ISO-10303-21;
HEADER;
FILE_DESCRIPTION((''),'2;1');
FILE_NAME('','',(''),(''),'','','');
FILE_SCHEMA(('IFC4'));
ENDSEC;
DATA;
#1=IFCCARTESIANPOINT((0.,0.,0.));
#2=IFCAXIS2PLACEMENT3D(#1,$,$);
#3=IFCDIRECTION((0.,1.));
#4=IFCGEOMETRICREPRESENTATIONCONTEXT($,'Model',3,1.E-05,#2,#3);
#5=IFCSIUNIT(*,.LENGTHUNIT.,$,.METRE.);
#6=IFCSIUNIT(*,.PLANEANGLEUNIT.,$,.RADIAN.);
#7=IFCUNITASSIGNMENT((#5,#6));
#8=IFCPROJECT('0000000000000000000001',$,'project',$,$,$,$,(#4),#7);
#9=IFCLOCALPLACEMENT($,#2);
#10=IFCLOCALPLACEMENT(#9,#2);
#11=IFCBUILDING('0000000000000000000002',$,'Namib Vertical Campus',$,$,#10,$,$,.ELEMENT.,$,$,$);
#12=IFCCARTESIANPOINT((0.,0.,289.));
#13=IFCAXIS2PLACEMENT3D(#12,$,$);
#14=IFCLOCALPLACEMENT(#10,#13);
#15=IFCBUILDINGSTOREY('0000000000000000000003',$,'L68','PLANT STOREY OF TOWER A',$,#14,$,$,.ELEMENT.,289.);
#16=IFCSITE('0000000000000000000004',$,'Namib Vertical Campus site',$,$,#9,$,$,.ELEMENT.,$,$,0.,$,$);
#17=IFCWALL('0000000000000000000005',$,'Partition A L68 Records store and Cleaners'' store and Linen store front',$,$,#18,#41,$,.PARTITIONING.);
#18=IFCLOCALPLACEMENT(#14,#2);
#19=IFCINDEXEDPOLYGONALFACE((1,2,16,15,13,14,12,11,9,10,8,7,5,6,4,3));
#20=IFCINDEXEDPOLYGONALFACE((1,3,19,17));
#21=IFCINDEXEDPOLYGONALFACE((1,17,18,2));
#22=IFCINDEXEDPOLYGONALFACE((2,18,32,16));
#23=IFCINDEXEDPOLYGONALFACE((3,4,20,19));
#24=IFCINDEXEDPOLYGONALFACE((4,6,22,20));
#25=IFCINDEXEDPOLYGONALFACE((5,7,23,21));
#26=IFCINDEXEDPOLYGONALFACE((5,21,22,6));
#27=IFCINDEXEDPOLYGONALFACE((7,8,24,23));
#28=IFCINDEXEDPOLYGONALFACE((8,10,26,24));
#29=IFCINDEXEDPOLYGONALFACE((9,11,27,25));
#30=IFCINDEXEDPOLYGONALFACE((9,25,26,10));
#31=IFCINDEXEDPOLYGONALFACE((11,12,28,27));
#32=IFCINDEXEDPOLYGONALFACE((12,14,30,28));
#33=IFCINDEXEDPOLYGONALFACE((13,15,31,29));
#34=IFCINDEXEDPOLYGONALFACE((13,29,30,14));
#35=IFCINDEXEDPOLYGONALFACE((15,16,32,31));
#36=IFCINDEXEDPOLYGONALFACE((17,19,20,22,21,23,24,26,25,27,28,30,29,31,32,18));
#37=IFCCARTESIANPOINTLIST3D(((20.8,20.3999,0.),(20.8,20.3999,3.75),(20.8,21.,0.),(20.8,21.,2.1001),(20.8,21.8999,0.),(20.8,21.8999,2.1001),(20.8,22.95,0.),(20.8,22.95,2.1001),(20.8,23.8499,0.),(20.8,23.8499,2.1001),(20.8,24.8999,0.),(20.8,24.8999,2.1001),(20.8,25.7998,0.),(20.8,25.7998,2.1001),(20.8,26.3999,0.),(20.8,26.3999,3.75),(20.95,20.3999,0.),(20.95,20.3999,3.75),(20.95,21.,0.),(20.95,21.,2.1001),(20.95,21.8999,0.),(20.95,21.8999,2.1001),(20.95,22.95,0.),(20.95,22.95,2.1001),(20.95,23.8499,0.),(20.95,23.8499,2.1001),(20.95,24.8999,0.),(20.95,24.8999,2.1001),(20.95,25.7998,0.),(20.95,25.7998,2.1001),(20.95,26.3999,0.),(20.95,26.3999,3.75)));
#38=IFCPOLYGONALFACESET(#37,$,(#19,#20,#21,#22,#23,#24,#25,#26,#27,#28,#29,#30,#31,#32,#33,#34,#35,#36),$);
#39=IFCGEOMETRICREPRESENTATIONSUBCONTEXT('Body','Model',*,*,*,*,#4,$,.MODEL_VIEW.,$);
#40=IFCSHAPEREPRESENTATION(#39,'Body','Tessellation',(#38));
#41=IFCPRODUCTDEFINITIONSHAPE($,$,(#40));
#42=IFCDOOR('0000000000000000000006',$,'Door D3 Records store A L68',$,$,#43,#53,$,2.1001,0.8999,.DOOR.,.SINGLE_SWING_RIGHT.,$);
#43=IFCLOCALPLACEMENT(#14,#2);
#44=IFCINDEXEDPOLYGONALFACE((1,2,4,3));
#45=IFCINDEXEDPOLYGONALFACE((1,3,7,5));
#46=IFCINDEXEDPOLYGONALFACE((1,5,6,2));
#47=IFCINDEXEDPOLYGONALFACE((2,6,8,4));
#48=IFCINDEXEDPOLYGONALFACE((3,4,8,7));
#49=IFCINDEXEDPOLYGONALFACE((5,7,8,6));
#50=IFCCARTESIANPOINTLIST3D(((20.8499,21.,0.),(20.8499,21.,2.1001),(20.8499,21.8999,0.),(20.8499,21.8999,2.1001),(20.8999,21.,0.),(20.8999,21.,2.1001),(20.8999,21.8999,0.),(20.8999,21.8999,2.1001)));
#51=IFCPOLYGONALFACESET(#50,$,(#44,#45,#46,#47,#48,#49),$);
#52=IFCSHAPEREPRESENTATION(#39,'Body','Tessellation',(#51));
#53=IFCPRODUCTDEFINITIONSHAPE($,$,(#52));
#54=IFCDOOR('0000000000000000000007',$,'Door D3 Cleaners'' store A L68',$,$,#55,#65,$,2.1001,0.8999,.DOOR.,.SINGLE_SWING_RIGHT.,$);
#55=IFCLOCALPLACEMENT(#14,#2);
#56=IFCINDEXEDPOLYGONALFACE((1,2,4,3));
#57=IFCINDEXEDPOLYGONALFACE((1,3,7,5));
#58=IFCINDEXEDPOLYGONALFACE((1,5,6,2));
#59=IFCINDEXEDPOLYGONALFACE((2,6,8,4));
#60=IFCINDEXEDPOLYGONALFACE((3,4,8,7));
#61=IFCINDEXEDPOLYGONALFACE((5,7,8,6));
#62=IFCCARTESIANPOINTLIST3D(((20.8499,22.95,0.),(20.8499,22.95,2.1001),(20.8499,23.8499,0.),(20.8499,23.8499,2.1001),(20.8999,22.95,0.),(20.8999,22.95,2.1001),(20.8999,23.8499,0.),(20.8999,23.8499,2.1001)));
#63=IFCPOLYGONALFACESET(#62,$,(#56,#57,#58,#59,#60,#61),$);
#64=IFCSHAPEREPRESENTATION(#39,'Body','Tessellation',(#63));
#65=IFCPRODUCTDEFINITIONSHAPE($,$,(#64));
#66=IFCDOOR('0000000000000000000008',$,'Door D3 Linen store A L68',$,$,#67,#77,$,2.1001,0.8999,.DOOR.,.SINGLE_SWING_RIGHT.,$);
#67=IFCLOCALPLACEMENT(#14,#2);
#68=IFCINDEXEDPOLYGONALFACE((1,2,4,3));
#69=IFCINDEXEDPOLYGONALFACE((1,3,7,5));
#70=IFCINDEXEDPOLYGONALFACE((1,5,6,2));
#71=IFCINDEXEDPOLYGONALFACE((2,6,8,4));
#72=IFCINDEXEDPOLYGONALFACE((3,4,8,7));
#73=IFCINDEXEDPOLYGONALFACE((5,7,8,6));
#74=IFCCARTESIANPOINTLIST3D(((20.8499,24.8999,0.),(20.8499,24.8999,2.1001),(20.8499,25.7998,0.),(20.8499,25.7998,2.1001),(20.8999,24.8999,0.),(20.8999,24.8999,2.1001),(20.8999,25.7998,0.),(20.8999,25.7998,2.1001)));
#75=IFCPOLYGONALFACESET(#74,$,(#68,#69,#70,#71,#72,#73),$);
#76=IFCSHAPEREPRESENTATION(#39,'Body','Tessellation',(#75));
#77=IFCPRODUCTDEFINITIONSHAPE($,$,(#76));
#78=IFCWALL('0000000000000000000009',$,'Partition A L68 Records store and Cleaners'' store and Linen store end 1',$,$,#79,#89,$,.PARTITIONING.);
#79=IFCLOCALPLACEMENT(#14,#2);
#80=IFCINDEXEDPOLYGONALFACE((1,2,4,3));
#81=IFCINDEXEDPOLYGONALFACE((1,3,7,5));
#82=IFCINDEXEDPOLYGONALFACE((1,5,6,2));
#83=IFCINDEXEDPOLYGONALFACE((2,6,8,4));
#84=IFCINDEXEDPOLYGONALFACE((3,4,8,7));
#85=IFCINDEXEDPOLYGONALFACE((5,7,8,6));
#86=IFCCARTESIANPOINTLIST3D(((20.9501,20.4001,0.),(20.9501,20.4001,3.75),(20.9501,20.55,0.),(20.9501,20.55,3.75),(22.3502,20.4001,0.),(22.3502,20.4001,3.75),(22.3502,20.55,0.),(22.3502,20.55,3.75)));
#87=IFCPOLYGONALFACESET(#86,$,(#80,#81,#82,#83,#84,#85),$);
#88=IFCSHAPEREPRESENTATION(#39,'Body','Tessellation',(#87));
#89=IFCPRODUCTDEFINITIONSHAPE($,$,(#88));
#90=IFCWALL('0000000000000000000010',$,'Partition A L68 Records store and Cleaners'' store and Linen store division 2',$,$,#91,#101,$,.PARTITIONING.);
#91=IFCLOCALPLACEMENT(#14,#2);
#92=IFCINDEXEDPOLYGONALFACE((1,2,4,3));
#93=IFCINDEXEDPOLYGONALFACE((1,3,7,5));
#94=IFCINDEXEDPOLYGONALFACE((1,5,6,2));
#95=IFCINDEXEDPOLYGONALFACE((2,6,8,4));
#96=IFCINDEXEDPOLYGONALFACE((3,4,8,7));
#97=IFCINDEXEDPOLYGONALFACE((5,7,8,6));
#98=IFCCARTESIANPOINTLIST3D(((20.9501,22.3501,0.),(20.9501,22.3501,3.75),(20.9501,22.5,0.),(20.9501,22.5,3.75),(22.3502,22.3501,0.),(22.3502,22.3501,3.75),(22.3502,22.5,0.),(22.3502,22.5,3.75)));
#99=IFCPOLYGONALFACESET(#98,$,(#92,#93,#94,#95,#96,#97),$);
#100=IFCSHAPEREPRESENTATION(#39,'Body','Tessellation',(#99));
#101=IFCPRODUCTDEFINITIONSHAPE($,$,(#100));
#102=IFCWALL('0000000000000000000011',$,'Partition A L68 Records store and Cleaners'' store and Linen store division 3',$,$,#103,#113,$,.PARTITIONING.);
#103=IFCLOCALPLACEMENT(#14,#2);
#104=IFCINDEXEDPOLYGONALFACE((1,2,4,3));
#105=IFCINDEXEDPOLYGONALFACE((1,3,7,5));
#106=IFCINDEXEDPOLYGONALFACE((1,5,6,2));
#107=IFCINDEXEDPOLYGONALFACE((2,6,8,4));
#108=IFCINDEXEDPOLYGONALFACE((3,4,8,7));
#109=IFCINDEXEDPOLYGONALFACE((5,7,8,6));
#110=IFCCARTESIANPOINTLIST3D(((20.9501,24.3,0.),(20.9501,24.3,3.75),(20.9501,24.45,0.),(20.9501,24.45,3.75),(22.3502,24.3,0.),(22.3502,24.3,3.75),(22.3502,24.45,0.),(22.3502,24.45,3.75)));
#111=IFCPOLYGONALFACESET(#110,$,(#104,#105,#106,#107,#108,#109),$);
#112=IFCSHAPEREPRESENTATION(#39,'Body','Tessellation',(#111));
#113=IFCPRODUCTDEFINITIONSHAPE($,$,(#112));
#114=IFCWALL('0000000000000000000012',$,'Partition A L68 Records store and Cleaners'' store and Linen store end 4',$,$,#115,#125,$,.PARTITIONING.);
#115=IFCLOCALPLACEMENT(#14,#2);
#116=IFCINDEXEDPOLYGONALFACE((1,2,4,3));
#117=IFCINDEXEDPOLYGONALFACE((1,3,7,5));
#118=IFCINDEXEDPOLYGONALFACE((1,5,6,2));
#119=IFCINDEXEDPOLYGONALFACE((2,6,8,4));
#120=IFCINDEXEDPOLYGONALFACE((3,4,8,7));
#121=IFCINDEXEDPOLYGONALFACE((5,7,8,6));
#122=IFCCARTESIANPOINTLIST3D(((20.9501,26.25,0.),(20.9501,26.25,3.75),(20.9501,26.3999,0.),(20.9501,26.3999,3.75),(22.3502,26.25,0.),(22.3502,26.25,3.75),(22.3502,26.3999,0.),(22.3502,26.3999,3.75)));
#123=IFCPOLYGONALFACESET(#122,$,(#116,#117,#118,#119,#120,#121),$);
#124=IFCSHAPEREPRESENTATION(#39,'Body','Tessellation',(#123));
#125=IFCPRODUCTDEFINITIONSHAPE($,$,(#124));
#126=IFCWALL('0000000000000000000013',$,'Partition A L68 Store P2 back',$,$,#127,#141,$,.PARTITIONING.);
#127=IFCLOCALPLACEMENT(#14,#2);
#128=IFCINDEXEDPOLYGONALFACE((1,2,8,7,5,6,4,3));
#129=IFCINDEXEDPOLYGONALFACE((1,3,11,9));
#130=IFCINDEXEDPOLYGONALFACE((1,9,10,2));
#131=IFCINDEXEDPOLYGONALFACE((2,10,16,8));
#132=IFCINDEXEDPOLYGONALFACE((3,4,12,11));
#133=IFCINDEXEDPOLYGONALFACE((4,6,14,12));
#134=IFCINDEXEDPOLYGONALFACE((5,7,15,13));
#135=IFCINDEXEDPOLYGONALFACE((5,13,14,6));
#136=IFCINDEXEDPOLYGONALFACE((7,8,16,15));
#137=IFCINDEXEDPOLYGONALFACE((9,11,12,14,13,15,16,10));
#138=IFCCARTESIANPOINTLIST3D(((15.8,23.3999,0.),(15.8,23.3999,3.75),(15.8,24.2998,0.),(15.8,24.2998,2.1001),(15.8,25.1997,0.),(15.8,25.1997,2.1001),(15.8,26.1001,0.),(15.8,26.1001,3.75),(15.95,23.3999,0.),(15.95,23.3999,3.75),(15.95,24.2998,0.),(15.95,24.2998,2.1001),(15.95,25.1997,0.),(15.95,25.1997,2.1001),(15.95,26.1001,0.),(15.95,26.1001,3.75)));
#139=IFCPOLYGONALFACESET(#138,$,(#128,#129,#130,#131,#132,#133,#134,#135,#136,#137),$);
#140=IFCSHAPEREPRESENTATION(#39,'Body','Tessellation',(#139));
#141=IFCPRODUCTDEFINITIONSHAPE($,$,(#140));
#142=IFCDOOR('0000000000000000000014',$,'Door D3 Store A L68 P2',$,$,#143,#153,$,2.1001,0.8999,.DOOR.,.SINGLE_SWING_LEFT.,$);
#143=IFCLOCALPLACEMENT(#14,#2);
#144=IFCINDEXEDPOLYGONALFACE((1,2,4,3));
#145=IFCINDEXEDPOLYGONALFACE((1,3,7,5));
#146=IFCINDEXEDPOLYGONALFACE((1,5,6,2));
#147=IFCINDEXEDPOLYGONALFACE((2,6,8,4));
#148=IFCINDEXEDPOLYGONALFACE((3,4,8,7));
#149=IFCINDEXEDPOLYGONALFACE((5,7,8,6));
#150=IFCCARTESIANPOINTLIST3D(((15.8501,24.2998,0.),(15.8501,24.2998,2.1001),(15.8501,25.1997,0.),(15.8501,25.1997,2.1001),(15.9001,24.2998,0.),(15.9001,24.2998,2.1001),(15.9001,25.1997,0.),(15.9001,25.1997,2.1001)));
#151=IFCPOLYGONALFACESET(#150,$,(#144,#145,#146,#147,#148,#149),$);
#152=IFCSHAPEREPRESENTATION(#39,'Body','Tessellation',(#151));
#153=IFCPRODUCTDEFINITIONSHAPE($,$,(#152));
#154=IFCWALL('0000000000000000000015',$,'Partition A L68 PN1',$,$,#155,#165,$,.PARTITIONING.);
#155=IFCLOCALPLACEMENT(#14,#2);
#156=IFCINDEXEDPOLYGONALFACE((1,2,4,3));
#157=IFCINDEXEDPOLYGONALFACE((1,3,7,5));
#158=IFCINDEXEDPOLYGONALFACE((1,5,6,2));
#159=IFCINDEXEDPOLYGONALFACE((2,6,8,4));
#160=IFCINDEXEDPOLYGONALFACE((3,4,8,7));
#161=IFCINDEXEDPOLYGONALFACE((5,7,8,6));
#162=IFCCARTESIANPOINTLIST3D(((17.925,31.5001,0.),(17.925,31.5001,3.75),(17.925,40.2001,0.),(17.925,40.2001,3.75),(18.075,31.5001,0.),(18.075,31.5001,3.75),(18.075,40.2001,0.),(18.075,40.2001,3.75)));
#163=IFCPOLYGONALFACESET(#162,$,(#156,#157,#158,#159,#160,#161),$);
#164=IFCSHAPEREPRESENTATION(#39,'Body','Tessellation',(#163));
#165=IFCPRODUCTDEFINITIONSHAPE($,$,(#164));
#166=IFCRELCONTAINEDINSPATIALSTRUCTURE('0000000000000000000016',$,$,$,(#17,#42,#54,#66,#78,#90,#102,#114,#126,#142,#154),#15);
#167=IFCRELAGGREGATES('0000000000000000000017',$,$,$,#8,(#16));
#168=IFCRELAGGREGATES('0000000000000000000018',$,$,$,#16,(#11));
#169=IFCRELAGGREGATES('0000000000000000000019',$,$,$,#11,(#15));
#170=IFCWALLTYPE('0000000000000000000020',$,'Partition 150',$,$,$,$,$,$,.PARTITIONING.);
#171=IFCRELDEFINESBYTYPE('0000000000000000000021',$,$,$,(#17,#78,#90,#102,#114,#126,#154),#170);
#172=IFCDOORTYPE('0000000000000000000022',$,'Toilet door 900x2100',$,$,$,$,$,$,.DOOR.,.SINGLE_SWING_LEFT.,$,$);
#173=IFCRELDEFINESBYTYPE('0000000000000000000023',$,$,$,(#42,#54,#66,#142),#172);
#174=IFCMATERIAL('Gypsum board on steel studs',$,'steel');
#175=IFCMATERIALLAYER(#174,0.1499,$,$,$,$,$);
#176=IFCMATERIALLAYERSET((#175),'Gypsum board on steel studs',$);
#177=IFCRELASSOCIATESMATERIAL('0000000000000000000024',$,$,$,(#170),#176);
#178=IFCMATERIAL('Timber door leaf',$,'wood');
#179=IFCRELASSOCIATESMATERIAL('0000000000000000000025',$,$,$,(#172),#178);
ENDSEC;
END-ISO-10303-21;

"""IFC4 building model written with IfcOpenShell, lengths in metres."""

from ifc_helpers import new_model, si_unit, direction, frame, frame_2d, origin, place, context, subcontext, project, spatial, rectangle, extrude, material, layer, layer_set, type_object, element, fill, save


model = new_model("IFC4")

# Units and contexts
model_context = context("Model", 3, precision=1e-05, world=origin(), true_north=direction((0.0, 1.0)))
body_context = subcontext(model_context, "Body", "Model", "MODEL_VIEW")
ifc_project = project(units=[si_unit("LENGTHUNIT", "METRE"), si_unit("PLANEANGLEUNIT", "RADIAN")], contexts=[model_context])

# Site, building, storey
site_placement = place(None, origin())
site = spatial("IfcSite", under=ifc_project, at=site_placement, Name="Namib Vertical Campus site", CompositionType="ELEMENT", RefElevation=0.0)
building_placement = place(site_placement, origin())
building = spatial("IfcBuilding", under=site, at=building_placement, Name="Namib Vertical Campus", CompositionType="ELEMENT")
storey_placement = place(building_placement, frame((0.0, 0.0, 289.0)))
storey = spatial("IfcBuildingStorey", under=building, at=storey_placement, Name="L68", Description="PLANT STOREY OF TOWER A", CompositionType="ELEMENT", Elevation=289.0)

# Wall, openings, doors
ifc_material_1 = material(Name="Gypsum board on steel studs", Category="steel")
ifc_layer_1 = layer(ifc_material_1, 0.1499)
ifc_layer_set_1 = layer_set([ifc_layer_1], Name="Gypsum board on steel studs")
wall_type_1 = type_object("IfcWallType", Name="Partition 150", PredefinedType="PARTITIONING", material=ifc_layer_set_1)
wall_1_placement = place(storey_placement, frame((20.875, 20.3999, 0.0), z_axis=(0.0, 0.0, 1.0), x_axis=(0.0, 1.0, 0.0)))
wall_1 = element("IfcWall", 1, at=wall_1_placement, inside=storey, type_object=wall_type_1, Name="Partition A L68 Records store and Cleaners' store and Linen store front", PredefinedType="PARTITIONING", context=body_context, shape_type="SweptSolid", body=[
    extrude(rectangle(XDim=6.0, YDim=0.1499, at=frame_2d((3.0, 0.0))), origin(), (0.0, 0.0, 1.0), 3.75),
])
opening_1_placement = place(wall_1_placement, frame((0.6001, 0.0, 0.0)))
opening_1 = element("IfcOpeningElement", 2, at=opening_1_placement, cuts=wall_1, PredefinedType="OPENING", context=body_context, shape_type="SweptSolid", body=[
    extrude(rectangle(XDim=0.8999, YDim=2.1001, at=frame_2d((0.45, 1.05))), frame((0.0, 0.085, 0.0), z_axis=(0.0, -1.0, 0.0), x_axis=(1.0, 0.0, 0.0)), (0.0, 0.0, 1.0), 0.1699),
])
opening_2_placement = place(wall_1_placement, frame((2.55, 0.0, 0.0)))
opening_2 = element("IfcOpeningElement", 3, at=opening_2_placement, cuts=wall_1, PredefinedType="OPENING", context=body_context, shape_type="SweptSolid", body=[
    extrude(rectangle(XDim=0.8999, YDim=2.1001, at=frame_2d((0.45, 1.05))), frame((0.0, 0.085, 0.0), z_axis=(0.0, -1.0, 0.0), x_axis=(1.0, 0.0, 0.0)), (0.0, 0.0, 1.0), 0.1699),
])
opening_3_placement = place(wall_1_placement, frame((4.5, 0.0, 0.0)))
opening_3 = element("IfcOpeningElement", 4, at=opening_3_placement, cuts=wall_1, PredefinedType="OPENING", context=body_context, shape_type="SweptSolid", body=[
    extrude(rectangle(XDim=0.8999, YDim=2.1001, at=frame_2d((0.45, 1.05))), frame((0.0, 0.085, 0.0), z_axis=(0.0, -1.0, 0.0), x_axis=(1.0, 0.0, 0.0)), (0.0, 0.0, 1.0), 0.1699),
])
ifc_material_2 = material(Name="Timber door leaf", Category="wood")
door_type_1 = type_object("IfcDoorType", Name="Toilet door 900x2100", OperationType="SINGLE_SWING_LEFT", PredefinedType="DOOR", material=ifc_material_2)
door_1_placement = place(opening_1_placement, frame((0.8999, 0.0, 0.0), z_axis=(0.0, 0.0, 1.0), x_axis=(-1.0, 0.0, 0.0)))
door_1 = element("IfcDoor", 5, at=door_1_placement, inside=storey, type_object=door_type_1, Name="Door D3 Records store A L68", OperationType="SINGLE_SWING_RIGHT", OverallHeight=2.1001, OverallWidth=0.8999, PredefinedType="DOOR", context=body_context, shape_type="SweptSolid", body=[
    extrude(rectangle(XDim=0.8999, YDim=2.1001, at=frame_2d((0.45, 1.05))), frame((0.0, 0.0249, 0.0), z_axis=(0.0, -1.0, 0.0), x_axis=(1.0, 0.0, 0.0)), (0.0, 0.0, 1.0), 0.05),
])
fill(opening_1, door_1)
door_2_placement = place(opening_2_placement, frame((0.8999, 0.0, 0.0), z_axis=(0.0, 0.0, 1.0), x_axis=(-1.0, 0.0, 0.0)))
door_2 = element("IfcDoor", 6, at=door_2_placement, inside=storey, type_object=door_type_1, Name="Door D3 Cleaners' store A L68", OperationType="SINGLE_SWING_RIGHT", OverallHeight=2.1001, OverallWidth=0.8999, PredefinedType="DOOR", context=body_context, shape_type="SweptSolid", body=[
    extrude(rectangle(XDim=0.8999, YDim=2.1001, at=frame_2d((0.45, 1.05))), frame((0.0, 0.0249, 0.0), z_axis=(0.0, -1.0, 0.0), x_axis=(1.0, 0.0, 0.0)), (0.0, 0.0, 1.0), 0.05),
])
fill(opening_2, door_2)
door_3_placement = place(opening_3_placement, frame((0.8999, 0.0, 0.0), z_axis=(0.0, 0.0, 1.0), x_axis=(-1.0, 0.0, 0.0)))
door_3 = element("IfcDoor", 7, at=door_3_placement, inside=storey, type_object=door_type_1, Name="Door D3 Linen store A L68", OperationType="SINGLE_SWING_RIGHT", OverallHeight=2.1001, OverallWidth=0.8999, PredefinedType="DOOR", context=body_context, shape_type="SweptSolid", body=[
    extrude(rectangle(XDim=0.8999, YDim=2.1001, at=frame_2d((0.45, 1.05))), frame((0.0, 0.0249, 0.0), z_axis=(0.0, -1.0, 0.0), x_axis=(1.0, 0.0, 0.0)), (0.0, 0.0, 1.0), 0.05),
])
fill(opening_3, door_3)

# Walls
for number, where, z_axis, x_axis, name in (
    (8, (20.95, 20.4751, 0.0), (0.0, 0.0, 1.0), (1.0, 0.0, 0.0), "Partition A L68 Records store and Cleaners' store and Linen store end 1"),
    (9, (20.95, 22.425, 0.0), (0.0, 0.0, 1.0), (1.0, 0.0, 0.0), "Partition A L68 Records store and Cleaners' store and Linen store division 2"),
    (10, (20.95, 24.375, 0.0), (0.0, 0.0, 1.0), (1.0, 0.0, 0.0), "Partition A L68 Records store and Cleaners' store and Linen store division 3"),
    (11, (20.95, 26.325, 0.0), (0.0, 0.0, 1.0), (1.0, 0.0, 0.0), "Partition A L68 Records store and Cleaners' store and Linen store end 4"),
):
    element("IfcWall", number, at=place(storey_placement, frame(where, z_axis=z_axis, x_axis=x_axis)), inside=storey, type_object=wall_type_1, Name=name, PredefinedType="PARTITIONING", context=body_context, shape_type="SweptSolid", body=[
        extrude(rectangle(XDim=1.4001, YDim=0.1499, at=frame_2d((0.7002, 0.0))), origin(), (0.0, 0.0, 1.0), 3.75),
    ])

# Wall, opening, door
wall_2_placement = place(storey_placement, frame((15.875, 23.3999, 0.0), z_axis=(0.0, 0.0, 1.0), x_axis=(0.0, 1.0, 0.0)))
wall_2 = element("IfcWall", 12, at=wall_2_placement, inside=storey, type_object=wall_type_1, Name="Partition A L68 Store P2 back", PredefinedType="PARTITIONING", context=body_context, shape_type="SweptSolid", body=[
    extrude(rectangle(XDim=2.7002, YDim=0.1499, at=frame_2d((1.3501, 0.0))), origin(), (0.0, 0.0, 1.0), 3.75),
])
opening_4_placement = place(wall_2_placement, frame((0.8999, 0.0, 0.0)))
opening_4 = element("IfcOpeningElement", 13, at=opening_4_placement, cuts=wall_2, PredefinedType="OPENING", context=body_context, shape_type="SweptSolid", body=[
    extrude(rectangle(XDim=0.8999, YDim=2.1001, at=frame_2d((0.45, 1.05))), frame((0.0, 0.085, 0.0), z_axis=(0.0, -1.0, 0.0), x_axis=(1.0, 0.0, 0.0)), (0.0, 0.0, 1.0), 0.1699),
])
door_4_placement = place(opening_4_placement, origin())
door_4 = element("IfcDoor", 14, at=door_4_placement, inside=storey, type_object=door_type_1, Name="Door D3 Store A L68 P2", OperationType="SINGLE_SWING_LEFT", OverallHeight=2.1001, OverallWidth=0.8999, PredefinedType="DOOR", context=body_context, shape_type="SweptSolid", body=[
    extrude(rectangle(XDim=0.8999, YDim=2.1001, at=frame_2d((0.45, 1.05))), frame((0.0, 0.0249, 0.0), z_axis=(0.0, -1.0, 0.0), x_axis=(1.0, 0.0, 0.0)), (0.0, 0.0, 1.0), 0.05),
])
fill(opening_4, door_4)

# Wall
wall_3_placement = place(storey_placement, frame((18.0, 31.5, 0.0), z_axis=(0.0, 0.0, 1.0), x_axis=(0.0, 1.0, 0.0)))
element("IfcWall", 15, at=wall_3_placement, inside=storey, type_object=wall_type_1, Name="Partition A L68 PN1", PredefinedType="PARTITIONING", context=body_context, shape_type="SweptSolid", body=[
    extrude(rectangle(XDim=8.7, YDim=0.1499, at=frame_2d((4.3501, 0.0))), origin(), (0.0, 0.0, 1.0), 3.75),
])

save(model, "model.ifc")
